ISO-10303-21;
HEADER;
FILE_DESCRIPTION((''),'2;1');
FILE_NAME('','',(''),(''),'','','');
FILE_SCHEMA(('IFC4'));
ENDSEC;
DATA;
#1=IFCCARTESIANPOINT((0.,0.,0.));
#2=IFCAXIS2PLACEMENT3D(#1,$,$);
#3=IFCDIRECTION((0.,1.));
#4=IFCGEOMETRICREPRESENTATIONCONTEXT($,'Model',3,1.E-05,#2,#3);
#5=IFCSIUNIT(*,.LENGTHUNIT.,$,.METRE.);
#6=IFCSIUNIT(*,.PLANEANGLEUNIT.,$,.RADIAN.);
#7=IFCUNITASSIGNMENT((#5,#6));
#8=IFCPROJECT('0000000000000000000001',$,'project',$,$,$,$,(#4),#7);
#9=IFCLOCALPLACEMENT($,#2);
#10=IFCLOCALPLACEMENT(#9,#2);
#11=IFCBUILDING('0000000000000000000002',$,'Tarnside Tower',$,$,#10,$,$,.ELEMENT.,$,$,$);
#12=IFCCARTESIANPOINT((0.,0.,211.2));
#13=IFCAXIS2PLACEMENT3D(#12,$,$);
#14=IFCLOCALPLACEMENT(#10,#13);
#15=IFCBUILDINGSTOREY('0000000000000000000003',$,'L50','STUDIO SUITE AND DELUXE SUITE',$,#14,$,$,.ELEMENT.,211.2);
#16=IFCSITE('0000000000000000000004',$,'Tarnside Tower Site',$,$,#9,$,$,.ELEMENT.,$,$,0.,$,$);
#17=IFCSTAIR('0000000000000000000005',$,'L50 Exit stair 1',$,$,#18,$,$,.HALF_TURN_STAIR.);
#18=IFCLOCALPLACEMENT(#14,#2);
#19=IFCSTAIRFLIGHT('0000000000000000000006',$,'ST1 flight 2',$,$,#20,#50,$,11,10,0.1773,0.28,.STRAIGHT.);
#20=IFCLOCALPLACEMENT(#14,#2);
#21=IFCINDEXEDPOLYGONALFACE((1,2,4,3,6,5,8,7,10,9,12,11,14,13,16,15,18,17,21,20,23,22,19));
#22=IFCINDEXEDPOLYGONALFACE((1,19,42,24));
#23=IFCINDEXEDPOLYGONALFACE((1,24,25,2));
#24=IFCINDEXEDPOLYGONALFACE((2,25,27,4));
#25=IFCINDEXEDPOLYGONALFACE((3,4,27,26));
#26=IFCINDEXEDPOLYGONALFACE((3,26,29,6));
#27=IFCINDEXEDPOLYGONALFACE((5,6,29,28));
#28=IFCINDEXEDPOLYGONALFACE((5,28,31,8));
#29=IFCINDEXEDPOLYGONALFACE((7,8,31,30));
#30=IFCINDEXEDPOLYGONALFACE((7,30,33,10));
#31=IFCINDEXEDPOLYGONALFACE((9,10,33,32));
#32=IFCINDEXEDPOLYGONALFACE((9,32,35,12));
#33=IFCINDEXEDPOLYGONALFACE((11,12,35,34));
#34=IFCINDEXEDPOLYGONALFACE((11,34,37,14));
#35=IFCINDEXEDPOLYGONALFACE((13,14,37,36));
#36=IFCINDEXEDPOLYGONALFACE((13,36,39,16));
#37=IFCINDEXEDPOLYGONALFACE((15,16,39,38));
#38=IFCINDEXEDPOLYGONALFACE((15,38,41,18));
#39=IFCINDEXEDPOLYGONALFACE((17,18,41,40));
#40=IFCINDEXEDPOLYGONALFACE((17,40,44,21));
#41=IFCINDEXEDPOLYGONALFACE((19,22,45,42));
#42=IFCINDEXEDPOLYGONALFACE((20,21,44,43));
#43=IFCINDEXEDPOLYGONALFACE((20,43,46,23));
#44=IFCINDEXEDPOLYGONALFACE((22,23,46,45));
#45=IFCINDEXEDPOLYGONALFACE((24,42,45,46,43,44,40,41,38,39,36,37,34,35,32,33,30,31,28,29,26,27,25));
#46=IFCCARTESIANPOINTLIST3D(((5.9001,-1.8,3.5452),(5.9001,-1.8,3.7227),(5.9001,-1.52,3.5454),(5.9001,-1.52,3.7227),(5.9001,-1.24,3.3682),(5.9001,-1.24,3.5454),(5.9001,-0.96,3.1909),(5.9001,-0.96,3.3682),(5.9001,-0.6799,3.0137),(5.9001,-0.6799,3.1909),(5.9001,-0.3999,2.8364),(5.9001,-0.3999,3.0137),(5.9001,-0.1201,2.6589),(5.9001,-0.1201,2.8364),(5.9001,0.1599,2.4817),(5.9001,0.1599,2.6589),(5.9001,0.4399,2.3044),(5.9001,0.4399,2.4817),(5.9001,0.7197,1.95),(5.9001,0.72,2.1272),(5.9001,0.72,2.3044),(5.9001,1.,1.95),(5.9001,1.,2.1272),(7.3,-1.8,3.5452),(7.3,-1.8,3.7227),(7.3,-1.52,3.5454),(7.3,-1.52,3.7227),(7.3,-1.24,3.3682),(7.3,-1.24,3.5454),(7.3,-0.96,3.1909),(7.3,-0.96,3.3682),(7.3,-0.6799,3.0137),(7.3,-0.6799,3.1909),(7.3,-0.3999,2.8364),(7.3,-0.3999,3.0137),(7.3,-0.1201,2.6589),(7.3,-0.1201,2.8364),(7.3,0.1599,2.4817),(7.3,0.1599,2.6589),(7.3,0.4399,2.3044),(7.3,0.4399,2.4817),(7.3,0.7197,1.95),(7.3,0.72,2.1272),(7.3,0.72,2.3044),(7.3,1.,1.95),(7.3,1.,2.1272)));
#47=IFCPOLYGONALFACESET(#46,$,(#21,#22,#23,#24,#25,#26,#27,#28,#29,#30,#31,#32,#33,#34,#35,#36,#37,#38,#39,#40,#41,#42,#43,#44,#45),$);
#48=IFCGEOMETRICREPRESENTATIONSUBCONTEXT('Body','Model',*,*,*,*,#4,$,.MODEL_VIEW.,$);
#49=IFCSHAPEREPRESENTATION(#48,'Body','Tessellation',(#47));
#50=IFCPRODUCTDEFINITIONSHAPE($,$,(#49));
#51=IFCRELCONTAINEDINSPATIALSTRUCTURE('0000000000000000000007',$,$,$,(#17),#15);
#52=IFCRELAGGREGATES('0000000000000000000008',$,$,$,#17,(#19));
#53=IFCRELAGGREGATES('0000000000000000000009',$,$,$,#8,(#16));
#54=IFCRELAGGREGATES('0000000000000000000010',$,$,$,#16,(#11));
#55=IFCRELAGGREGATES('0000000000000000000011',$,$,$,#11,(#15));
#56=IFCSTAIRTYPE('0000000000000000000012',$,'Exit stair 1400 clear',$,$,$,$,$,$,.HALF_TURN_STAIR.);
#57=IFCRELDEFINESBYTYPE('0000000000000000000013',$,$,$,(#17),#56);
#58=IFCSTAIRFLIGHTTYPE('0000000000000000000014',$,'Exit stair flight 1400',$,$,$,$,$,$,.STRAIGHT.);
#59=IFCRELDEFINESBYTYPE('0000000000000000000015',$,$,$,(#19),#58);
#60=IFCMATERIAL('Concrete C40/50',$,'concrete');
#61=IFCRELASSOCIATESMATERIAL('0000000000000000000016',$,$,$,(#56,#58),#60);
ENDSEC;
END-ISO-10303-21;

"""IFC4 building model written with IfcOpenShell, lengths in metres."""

from ifc_helpers import new_model, si_unit, direction, frame, origin, place, context, subcontext, project, spatial, polyline, outline, extrude, material, type_object, element, aggregate, save


model = new_model("IFC4")

# Units and contexts
model_context = context("Model", 3, precision=1e-05, world=origin(), true_north=direction((0.0, 1.0)))
body_context = subcontext(model_context, "Body", "Model", "MODEL_VIEW")
ifc_project = project(units=[si_unit("LENGTHUNIT", "METRE"), si_unit("PLANEANGLEUNIT", "RADIAN")], contexts=[model_context])

# Site, building, storey
site_placement = place(None, origin())
site = spatial("IfcSite", under=ifc_project, at=site_placement, Name="Tarnside Tower Site", CompositionType="ELEMENT", RefElevation=0.0)
building_placement = place(site_placement, origin())
building = spatial("IfcBuilding", under=site, at=building_placement, Name="Tarnside Tower", CompositionType="ELEMENT")
storey_placement = place(building_placement, frame((0.0, 0.0, 211.2)))
storey = spatial("IfcBuildingStorey", under=building, at=storey_placement, Name="L50", Description="STUDIO SUITE AND DELUXE SUITE", CompositionType="ELEMENT", Elevation=211.2)

# Shared definitions
ifc_material_1 = material(Name="Concrete C40/50", Category="concrete")

# Stair, stair flight
stair_type = type_object("IfcStairType", Name="Exit stair 1400 clear", PredefinedType="HALF_TURN_STAIR", material=ifc_material_1)
stair_placement = place(storey_placement, origin())
stair = element("IfcStair", 1, at=stair_placement, inside=storey, type_object=stair_type, Name="L50 Exit stair 1", PredefinedType="HALF_TURN_STAIR")
stair_flight_type = type_object("IfcStairFlightType", Name="Exit stair flight 1400", PredefinedType="STRAIGHT", material=ifc_material_1)
stair_flight_placement = place(storey_placement, frame((6.6001, 1.0, 1.95), z_axis=(0.0, 0.0, 1.0), x_axis=(0.0, -1.0, 0.0)))
stair_flight = element("IfcStairFlight", 2, at=stair_flight_placement, type_object=stair_flight_type, Name="ST1 flight 2", NumberOfRisers=11, NumberOfTreads=10, PredefinedType="STRAIGHT", RiserHeight=0.1773, TreadLength=0.28, context=body_context, shape_type="SweptSolid", body=[
    extrude(outline(polyline([(0.0, 0.0), (0.0, 0.1772), (0.28, 0.1772), (0.28, 0.3545), (0.5601, 0.3545), (0.5601, 0.5317), (0.8401, 0.5317), (0.8401, 0.709), (1.1201, 0.709), (1.1201, 0.8865), (1.3999, 0.8865), (1.3999, 1.0637), (1.6799, 1.0637), (1.6799, 1.241), (1.96, 1.241), (1.96, 1.4182), (2.24, 1.4182), (2.24, 1.5955), (2.52, 1.5955), (2.52, 1.7727), (2.8, 1.7727), (2.8, 1.95), (2.8, 1.5952), (0.2803, 0.0), (0.0, 0.0)])), frame((0.0, 0.7, 0.0), z_axis=(0.0, -1.0, 0.0), x_axis=(1.0, 0.0, 0.0)), (0.0, 0.0, 1.0), 1.3999),
])
aggregate(stair, [stair_flight])

save(model, "model.ifc")
